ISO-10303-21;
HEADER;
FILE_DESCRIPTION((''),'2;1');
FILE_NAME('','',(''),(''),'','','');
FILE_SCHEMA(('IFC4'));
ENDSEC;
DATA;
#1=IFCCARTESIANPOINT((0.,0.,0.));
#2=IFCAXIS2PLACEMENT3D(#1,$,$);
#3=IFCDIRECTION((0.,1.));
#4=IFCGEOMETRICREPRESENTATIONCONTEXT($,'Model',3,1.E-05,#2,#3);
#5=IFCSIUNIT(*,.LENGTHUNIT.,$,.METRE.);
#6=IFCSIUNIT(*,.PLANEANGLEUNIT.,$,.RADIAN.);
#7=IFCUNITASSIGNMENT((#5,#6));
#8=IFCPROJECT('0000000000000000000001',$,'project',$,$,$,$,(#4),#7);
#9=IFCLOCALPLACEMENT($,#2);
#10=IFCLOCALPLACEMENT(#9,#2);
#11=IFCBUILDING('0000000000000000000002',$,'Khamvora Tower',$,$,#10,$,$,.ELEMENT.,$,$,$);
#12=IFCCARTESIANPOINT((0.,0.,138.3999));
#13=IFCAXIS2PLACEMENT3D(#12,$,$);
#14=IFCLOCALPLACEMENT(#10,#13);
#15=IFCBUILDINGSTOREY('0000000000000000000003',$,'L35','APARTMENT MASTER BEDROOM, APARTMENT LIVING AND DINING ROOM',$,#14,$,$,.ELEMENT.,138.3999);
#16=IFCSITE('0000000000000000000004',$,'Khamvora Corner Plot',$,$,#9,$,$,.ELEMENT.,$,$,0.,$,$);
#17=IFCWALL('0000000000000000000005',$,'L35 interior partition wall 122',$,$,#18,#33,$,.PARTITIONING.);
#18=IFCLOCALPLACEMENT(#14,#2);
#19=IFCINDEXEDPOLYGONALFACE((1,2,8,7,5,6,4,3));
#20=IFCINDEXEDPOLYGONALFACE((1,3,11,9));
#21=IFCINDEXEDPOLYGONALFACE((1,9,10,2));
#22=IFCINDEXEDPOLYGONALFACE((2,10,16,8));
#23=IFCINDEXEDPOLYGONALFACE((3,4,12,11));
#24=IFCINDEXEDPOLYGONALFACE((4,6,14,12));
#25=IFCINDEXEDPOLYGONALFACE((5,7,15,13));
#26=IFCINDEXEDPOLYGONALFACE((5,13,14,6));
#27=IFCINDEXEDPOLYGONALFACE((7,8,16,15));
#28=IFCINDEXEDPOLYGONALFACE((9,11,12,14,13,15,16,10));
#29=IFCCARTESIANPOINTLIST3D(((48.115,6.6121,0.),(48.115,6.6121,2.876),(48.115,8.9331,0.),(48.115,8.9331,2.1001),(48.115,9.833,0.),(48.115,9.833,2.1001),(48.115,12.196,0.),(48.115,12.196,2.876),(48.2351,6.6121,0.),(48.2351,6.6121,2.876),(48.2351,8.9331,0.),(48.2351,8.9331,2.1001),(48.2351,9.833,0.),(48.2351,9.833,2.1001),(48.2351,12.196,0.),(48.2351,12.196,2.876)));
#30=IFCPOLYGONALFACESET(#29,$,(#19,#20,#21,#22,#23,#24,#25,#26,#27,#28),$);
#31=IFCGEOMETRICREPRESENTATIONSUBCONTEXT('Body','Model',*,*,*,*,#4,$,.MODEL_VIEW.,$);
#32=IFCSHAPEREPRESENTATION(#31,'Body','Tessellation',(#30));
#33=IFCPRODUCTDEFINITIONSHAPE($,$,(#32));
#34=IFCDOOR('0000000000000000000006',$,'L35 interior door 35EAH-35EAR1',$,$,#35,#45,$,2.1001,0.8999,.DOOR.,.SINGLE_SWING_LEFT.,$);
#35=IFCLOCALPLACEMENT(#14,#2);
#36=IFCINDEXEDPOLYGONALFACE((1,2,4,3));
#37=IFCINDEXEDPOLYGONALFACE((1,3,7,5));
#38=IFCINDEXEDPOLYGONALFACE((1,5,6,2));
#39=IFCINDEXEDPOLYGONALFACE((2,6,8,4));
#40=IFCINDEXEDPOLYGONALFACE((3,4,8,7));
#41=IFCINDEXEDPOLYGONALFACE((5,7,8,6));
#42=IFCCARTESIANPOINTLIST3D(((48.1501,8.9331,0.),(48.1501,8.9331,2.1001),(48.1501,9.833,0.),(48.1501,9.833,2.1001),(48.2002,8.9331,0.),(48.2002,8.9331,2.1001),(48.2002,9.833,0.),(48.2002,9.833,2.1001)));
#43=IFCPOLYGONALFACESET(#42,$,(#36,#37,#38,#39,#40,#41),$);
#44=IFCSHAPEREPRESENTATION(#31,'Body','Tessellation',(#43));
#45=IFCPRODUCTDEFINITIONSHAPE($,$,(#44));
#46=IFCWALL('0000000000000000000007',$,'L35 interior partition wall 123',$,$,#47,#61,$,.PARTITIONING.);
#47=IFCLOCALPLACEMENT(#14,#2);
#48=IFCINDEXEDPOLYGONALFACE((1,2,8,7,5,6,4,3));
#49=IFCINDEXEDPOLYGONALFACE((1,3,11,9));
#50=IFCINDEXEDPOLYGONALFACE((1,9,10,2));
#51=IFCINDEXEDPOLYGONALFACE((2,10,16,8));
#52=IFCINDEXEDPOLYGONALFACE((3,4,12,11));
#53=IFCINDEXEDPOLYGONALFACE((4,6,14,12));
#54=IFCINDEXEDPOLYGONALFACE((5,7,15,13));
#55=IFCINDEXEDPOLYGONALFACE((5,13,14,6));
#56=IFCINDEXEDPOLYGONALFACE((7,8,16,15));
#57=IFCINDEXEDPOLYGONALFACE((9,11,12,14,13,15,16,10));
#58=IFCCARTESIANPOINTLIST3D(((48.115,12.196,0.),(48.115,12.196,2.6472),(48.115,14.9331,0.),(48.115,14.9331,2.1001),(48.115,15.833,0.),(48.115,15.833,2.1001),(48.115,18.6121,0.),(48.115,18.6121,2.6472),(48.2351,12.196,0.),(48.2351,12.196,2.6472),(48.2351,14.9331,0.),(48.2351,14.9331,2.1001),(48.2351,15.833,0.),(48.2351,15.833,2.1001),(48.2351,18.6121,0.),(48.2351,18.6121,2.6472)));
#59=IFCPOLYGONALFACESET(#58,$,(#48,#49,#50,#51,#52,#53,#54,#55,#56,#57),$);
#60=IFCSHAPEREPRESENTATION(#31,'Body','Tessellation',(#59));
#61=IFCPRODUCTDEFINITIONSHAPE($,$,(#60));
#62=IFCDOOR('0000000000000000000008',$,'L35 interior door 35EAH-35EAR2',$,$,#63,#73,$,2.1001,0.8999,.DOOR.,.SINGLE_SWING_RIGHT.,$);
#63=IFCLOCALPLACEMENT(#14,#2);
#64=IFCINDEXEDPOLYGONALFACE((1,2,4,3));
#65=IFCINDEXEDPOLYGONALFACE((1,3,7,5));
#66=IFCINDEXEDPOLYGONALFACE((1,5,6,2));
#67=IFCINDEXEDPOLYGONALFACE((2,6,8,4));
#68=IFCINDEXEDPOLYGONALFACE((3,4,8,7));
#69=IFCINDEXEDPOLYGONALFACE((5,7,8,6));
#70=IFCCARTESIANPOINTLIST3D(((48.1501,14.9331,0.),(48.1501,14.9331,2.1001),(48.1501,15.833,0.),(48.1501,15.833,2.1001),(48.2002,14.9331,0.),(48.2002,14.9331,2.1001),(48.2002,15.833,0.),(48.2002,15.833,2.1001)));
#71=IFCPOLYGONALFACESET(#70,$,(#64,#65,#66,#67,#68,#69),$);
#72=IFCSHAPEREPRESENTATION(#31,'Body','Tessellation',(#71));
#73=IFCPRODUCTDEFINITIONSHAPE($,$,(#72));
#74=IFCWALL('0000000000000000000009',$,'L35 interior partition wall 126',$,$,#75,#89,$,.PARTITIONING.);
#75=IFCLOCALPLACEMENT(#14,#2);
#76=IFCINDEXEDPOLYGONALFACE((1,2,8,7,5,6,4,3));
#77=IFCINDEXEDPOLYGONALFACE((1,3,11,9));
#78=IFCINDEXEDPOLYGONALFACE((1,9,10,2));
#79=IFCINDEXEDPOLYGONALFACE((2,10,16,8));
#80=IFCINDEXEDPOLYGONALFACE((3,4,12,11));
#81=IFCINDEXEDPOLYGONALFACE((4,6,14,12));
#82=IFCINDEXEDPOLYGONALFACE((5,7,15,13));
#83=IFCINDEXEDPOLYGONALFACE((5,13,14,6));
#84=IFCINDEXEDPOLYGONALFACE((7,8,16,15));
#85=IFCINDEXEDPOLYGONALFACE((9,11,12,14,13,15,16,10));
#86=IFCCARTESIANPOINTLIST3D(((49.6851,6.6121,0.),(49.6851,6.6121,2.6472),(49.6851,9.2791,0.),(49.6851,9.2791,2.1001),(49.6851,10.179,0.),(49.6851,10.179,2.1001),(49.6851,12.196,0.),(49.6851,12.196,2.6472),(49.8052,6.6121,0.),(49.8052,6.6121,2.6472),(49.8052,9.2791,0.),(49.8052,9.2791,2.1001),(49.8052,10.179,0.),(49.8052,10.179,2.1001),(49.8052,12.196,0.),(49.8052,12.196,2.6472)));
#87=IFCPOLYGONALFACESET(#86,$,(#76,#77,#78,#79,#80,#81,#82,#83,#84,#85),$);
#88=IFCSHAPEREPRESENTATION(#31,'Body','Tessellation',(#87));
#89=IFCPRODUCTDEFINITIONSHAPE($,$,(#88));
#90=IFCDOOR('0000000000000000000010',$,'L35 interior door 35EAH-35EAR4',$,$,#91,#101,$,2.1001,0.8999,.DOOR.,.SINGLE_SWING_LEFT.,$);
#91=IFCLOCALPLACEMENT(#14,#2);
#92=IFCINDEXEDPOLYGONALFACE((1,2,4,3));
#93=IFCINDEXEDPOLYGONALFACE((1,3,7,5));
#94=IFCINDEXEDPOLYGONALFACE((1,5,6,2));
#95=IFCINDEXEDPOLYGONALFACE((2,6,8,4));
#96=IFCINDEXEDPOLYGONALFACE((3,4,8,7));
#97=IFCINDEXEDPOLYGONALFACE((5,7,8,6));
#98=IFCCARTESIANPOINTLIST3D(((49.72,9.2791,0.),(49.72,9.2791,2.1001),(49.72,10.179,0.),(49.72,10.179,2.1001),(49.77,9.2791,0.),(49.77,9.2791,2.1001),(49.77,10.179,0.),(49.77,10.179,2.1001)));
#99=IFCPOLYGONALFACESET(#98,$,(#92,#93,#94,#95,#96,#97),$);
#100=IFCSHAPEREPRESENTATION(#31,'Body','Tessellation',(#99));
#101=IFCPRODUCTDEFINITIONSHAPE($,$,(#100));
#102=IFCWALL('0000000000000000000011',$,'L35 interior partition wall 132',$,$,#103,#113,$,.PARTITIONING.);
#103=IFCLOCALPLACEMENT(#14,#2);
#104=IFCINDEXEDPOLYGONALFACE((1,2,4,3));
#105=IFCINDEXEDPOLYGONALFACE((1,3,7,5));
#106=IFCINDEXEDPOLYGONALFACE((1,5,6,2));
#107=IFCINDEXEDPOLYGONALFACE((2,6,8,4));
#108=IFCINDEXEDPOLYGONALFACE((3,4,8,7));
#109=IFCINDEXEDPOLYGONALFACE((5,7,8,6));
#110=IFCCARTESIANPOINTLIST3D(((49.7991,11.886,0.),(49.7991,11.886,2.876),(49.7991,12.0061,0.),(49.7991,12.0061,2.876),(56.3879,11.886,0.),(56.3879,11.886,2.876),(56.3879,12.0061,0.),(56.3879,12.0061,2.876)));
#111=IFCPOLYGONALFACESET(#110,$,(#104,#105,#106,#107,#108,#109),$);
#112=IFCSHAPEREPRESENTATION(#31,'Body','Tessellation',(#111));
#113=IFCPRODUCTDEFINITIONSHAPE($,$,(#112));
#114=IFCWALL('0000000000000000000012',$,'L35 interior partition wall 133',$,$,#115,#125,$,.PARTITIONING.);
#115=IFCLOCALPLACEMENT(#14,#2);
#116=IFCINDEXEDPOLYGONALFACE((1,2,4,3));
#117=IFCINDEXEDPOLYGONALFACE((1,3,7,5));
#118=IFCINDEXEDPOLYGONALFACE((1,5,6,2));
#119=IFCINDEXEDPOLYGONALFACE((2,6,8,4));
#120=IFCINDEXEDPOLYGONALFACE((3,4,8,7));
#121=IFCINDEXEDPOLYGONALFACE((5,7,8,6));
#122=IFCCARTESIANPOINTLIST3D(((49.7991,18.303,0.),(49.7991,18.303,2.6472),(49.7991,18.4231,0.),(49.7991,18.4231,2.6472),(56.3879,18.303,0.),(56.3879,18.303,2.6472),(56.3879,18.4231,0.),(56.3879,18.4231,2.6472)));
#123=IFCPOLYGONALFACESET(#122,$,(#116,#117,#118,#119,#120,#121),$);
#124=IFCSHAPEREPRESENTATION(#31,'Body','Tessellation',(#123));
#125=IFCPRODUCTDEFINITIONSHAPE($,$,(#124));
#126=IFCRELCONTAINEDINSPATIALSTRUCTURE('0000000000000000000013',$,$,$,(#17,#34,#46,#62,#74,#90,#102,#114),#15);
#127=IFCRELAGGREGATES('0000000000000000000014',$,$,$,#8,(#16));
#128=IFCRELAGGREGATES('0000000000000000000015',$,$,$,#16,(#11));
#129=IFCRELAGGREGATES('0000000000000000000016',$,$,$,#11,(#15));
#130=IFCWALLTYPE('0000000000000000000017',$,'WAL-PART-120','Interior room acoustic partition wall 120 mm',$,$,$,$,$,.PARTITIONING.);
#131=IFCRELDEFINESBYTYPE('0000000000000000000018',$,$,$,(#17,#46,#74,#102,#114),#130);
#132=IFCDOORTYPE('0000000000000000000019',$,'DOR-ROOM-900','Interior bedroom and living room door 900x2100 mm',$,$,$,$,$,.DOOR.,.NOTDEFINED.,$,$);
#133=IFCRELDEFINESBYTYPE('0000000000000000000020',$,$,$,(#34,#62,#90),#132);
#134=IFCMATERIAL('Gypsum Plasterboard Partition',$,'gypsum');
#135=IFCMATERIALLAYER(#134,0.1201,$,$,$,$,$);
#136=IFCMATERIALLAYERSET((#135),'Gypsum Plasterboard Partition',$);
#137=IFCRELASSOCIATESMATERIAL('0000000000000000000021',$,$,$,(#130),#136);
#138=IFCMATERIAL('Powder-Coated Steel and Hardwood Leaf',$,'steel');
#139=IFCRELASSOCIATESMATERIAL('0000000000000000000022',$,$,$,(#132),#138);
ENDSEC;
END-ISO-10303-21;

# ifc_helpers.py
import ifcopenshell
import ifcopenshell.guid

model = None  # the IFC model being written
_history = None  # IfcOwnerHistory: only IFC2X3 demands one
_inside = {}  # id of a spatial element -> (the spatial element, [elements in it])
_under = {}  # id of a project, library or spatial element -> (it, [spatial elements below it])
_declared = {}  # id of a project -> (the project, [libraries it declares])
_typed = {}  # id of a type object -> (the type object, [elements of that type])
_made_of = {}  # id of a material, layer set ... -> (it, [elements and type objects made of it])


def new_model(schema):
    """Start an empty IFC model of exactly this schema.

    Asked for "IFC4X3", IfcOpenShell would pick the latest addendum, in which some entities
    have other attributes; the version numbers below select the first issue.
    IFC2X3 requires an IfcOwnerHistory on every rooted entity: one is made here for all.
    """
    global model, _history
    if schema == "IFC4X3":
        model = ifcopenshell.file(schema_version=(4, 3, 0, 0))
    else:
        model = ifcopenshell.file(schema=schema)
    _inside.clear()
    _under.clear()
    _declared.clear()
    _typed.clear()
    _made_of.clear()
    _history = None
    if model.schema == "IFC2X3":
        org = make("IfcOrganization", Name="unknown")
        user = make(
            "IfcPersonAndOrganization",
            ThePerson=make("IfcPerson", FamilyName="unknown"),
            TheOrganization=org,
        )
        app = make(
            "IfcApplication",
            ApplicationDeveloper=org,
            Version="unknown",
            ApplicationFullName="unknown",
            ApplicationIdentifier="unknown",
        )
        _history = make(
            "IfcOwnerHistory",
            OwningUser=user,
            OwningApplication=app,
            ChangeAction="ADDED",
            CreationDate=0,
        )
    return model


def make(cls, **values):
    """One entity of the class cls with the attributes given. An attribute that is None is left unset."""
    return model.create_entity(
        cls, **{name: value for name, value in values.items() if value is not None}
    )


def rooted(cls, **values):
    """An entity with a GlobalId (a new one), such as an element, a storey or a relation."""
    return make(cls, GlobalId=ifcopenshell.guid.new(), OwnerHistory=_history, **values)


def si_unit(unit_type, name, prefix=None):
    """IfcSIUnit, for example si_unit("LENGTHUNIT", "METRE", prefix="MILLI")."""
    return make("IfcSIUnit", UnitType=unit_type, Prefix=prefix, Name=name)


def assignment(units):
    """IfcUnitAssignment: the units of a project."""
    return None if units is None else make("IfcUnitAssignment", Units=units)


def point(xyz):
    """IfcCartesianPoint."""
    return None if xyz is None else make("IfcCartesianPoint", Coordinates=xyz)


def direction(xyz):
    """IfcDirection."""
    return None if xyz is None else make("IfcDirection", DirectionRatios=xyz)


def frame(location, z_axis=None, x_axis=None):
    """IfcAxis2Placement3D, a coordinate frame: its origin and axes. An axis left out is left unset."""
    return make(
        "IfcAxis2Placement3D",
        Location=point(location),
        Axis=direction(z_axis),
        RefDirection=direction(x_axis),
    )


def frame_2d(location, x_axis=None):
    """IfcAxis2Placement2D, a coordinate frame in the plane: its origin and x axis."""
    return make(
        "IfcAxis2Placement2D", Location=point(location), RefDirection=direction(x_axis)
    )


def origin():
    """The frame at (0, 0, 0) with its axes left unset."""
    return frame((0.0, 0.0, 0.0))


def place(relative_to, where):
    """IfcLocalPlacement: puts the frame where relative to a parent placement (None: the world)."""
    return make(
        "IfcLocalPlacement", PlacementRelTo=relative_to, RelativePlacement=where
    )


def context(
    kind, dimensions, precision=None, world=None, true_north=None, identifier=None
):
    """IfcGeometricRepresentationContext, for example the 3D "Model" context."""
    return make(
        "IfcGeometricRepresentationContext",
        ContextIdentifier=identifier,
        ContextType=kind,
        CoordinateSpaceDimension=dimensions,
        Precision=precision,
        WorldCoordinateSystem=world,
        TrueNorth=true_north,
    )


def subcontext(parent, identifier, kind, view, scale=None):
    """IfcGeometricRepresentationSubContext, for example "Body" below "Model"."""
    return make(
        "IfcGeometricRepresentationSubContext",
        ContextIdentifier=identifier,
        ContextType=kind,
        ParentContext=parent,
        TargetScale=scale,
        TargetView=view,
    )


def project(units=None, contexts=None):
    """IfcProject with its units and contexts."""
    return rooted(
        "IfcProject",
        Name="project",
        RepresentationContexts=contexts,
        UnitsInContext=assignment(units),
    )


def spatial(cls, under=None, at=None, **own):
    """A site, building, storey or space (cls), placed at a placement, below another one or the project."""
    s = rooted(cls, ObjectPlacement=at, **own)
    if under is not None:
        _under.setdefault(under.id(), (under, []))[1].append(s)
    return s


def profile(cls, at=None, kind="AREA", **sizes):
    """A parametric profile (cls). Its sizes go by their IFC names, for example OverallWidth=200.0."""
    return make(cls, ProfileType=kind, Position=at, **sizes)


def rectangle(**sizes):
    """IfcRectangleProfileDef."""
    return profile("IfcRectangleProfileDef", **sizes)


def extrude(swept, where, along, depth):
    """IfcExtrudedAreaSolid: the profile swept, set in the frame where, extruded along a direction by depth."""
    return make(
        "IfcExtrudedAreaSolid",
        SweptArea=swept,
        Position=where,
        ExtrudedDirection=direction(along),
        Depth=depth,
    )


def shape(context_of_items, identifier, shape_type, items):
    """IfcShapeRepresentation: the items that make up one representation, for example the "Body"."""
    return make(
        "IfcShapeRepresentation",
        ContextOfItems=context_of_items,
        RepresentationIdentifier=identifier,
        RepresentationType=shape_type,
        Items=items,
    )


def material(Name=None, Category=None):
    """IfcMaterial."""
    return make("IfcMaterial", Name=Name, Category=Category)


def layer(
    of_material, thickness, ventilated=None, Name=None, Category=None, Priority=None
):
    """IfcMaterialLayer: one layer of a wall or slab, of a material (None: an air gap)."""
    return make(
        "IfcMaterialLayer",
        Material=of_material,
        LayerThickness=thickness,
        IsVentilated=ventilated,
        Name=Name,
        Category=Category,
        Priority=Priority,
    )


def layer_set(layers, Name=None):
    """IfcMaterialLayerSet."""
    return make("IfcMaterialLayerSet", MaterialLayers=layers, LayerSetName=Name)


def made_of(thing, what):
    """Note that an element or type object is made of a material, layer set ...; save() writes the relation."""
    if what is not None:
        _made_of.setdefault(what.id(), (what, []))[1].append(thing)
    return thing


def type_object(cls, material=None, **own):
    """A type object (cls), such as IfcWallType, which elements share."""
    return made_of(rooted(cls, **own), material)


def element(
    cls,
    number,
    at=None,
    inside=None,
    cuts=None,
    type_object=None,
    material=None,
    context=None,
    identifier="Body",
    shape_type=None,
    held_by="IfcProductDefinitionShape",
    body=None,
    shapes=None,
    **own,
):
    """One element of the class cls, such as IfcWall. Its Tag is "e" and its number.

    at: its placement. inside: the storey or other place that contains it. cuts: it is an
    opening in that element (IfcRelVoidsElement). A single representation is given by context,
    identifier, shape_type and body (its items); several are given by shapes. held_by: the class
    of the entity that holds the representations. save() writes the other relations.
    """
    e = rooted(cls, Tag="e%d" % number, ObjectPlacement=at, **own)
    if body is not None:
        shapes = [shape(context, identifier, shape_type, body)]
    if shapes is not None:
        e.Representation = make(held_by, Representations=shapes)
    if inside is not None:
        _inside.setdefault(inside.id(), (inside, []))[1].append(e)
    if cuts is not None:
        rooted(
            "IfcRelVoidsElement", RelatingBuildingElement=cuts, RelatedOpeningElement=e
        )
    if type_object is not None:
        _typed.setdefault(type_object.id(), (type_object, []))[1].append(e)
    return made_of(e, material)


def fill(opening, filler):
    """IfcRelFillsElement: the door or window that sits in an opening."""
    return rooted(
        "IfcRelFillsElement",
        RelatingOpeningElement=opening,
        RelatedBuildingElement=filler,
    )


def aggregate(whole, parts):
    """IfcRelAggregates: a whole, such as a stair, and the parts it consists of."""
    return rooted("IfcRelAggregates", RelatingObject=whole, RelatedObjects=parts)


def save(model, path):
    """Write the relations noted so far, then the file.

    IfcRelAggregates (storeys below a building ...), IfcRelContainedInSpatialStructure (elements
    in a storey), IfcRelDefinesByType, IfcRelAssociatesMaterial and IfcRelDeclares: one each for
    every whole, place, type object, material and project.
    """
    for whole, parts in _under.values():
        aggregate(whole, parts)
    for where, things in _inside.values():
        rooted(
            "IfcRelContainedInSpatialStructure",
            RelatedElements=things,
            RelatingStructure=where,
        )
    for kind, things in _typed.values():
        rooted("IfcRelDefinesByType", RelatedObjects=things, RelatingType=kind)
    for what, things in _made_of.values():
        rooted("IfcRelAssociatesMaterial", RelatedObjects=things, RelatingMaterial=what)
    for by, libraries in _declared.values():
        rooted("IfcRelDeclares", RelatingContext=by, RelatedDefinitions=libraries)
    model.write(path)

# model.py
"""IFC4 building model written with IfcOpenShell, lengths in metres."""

from ifc_helpers import new_model, si_unit, direction, frame, frame_2d, origin, place, context, subcontext, project, spatial, rectangle, extrude, material, layer, layer_set, type_object, element, fill, save


model = new_model("IFC4")

# Units and contexts
model_context = context("Model", 3, precision=1e-05, world=origin(), true_north=direction((0.0, 1.0)))
body_context = subcontext(model_context, "Body", "Model", "MODEL_VIEW")
ifc_project = project(units=[si_unit("LENGTHUNIT", "METRE"), si_unit("PLANEANGLEUNIT", "RADIAN")], contexts=[model_context])

# Site, building, storey
site_placement = place(None, origin())
site = spatial("IfcSite", under=ifc_project, at=site_placement, Name="Khamvora Corner Plot", CompositionType="ELEMENT", RefElevation=0.0)
building_placement = place(site_placement, origin())
building = spatial("IfcBuilding", under=site, at=building_placement, Name="Khamvora Tower", CompositionType="ELEMENT")
storey_placement = place(building_placement, frame((0.0, 0.0, 138.3999)))
storey = spatial("IfcBuildingStorey", under=building, at=storey_placement, Name="L35", Description="APARTMENT MASTER BEDROOM, APARTMENT LIVING AND DINING ROOM", CompositionType="ELEMENT", Elevation=138.3999)

# Walls, openings, doors
ifc_material_1 = material(Name="Gypsum Plasterboard Partition", Category="gypsum")
ifc_layer_1 = layer(ifc_material_1, 0.1201)
ifc_layer_set_1 = layer_set([ifc_layer_1], Name="Gypsum Plasterboard Partition")
wall_type_1 = type_object("IfcWallType", Name="WAL-PART-120", Description="Interior room acoustic partition wall 120 mm", PredefinedType="PARTITIONING", material=ifc_layer_set_1)
wall_1_placement = place(storey_placement, frame((48.175, 6.6121, 0.0), z_axis=(0.0, 0.0, 1.0), x_axis=(0.0, 1.0, 0.0)))
wall_1 = element("IfcWall", 1, at=wall_1_placement, inside=storey, type_object=wall_type_1, Name="L35 interior partition wall 122", PredefinedType="PARTITIONING", context=body_context, shape_type="SweptSolid", body=[
    extrude(rectangle(XDim=5.584, YDim=0.1201, at=frame_2d((2.792, 0.0))), origin(), (0.0, 0.0, 1.0), 2.876),
])
opening_1_placement = place(wall_1_placement, frame((2.321, 0.0, 0.0)))
opening_1 = element("IfcOpeningElement", 2, at=opening_1_placement, cuts=wall_1, PredefinedType="OPENING", context=body_context, shape_type="SweptSolid", body=[
    extrude(rectangle(XDim=0.8999, YDim=2.1001, at=frame_2d((0.45, 1.05))), frame((0.0, 0.0701, 0.0), z_axis=(0.0, -1.0, 0.0), x_axis=(1.0, 0.0, 0.0)), (0.0, 0.0, 1.0), 0.1401),
])
ifc_material_2 = material(Name="Powder-Coated Steel and Hardwood Leaf", Category="steel")
door_type = type_object("IfcDoorType", Name="DOR-ROOM-900", Description="Interior bedroom and living room door 900x2100 mm", OperationType="NOTDEFINED", PredefinedType="DOOR", material=ifc_material_2)
door_1_placement = place(opening_1_placement, origin())
door_1 = element("IfcDoor", 3, at=door_1_placement, inside=storey, type_object=door_type, Name="L35 interior door 35EAH-35EAR1", OperationType="SINGLE_SWING_LEFT", OverallHeight=2.1001, OverallWidth=0.8999, PredefinedType="DOOR", context=body_context, shape_type="SweptSolid", body=[
    extrude(rectangle(XDim=0.8999, YDim=2.1001, at=frame_2d((0.45, 1.05))), frame((0.0, 0.0249, 0.0), z_axis=(0.0, -1.0, 0.0), x_axis=(1.0, 0.0, 0.0)), (0.0, 0.0, 1.0), 0.05),
])
fill(opening_1, door_1)
wall_2_placement = place(storey_placement, frame((48.175, 12.196, 0.0), z_axis=(0.0, 0.0, 1.0), x_axis=(0.0, 1.0, 0.0)))
wall_2 = element("IfcWall", 4, at=wall_2_placement, inside=storey, type_object=wall_type_1, Name="L35 interior partition wall 123", PredefinedType="PARTITIONING", context=body_context, shape_type="SweptSolid", body=[
    extrude(rectangle(XDim=6.416, YDim=0.1201, at=frame_2d((3.208, 0.0))), origin(), (0.0, 0.0, 1.0), 2.6472),
])
opening_2_placement = place(wall_2_placement, frame((2.7371, 0.0, 0.0)))
opening_2 = element("IfcOpeningElement", 5, at=opening_2_placement, cuts=wall_2, PredefinedType="OPENING", context=body_context, shape_type="SweptSolid", body=[
    extrude(rectangle(XDim=0.8999, YDim=2.1001, at=frame_2d((0.45, 1.05))), frame((0.0, 0.0701, 0.0), z_axis=(0.0, -1.0, 0.0), x_axis=(1.0, 0.0, 0.0)), (0.0, 0.0, 1.0), 0.1401),
])
door_2_placement = place(opening_2_placement, origin())
door_2 = element("IfcDoor", 6, at=door_2_placement, inside=storey, type_object=door_type, Name="L35 interior door 35EAH-35EAR2", OperationType="SINGLE_SWING_RIGHT", OverallHeight=2.1001, OverallWidth=0.8999, PredefinedType="DOOR", context=body_context, shape_type="SweptSolid", body=[
    extrude(rectangle(XDim=0.8999, YDim=2.1001, at=frame_2d((0.45, 1.05))), frame((0.0, 0.0249, 0.0), z_axis=(0.0, -1.0, 0.0), x_axis=(1.0, 0.0, 0.0)), (0.0, 0.0, 1.0), 0.05),
])
fill(opening_2, door_2)
wall_3_placement = place(storey_placement, frame((49.7451, 12.196, 0.0), z_axis=(0.0, 0.0, 1.0), x_axis=(0.0, -1.0, 0.0)))
wall_3 = element("IfcWall", 7, at=wall_3_placement, inside=storey, type_object=wall_type_1, Name="L35 interior partition wall 126", PredefinedType="PARTITIONING", context=body_context, shape_type="SweptSolid", body=[
    extrude(rectangle(XDim=5.584, YDim=0.1201, at=frame_2d((2.792, 0.0))), origin(), (0.0, 0.0, 1.0), 2.6472),
])
opening_3_placement = place(wall_3_placement, frame((2.0171, 0.0, 0.0)))
opening_3 = element("IfcOpeningElement", 8, at=opening_3_placement, cuts=wall_3, PredefinedType="OPENING", context=body_context, shape_type="SweptSolid", body=[
    extrude(rectangle(XDim=0.8999, YDim=2.1001, at=frame_2d((0.45, 1.05))), frame((0.0, 0.0701, 0.0), z_axis=(0.0, -1.0, 0.0), x_axis=(1.0, 0.0, 0.0)), (0.0, 0.0, 1.0), 0.1401),
])
door_3_placement = place(opening_3_placement, origin())
door_3 = element("IfcDoor", 9, at=door_3_placement, inside=storey, type_object=door_type, Name="L35 interior door 35EAH-35EAR4", OperationType="SINGLE_SWING_LEFT", OverallHeight=2.1001, OverallWidth=0.8999, PredefinedType="DOOR", context=body_context, shape_type="SweptSolid", body=[
    extrude(rectangle(XDim=0.8999, YDim=2.1001, at=frame_2d((0.45, 1.05))), frame((0.0, 0.0249, 0.0), z_axis=(0.0, -1.0, 0.0), x_axis=(1.0, 0.0, 0.0)), (0.0, 0.0, 1.0), 0.05),
])
fill(opening_3, door_3)

# Walls
wall_4_placement = place(storey_placement, frame((49.7991, 11.946, 0.0), z_axis=(0.0, 0.0, 1.0), x_axis=(1.0, 0.0, 0.0)))
element("IfcWall", 10, at=wall_4_placement, inside=storey, type_object=wall_type_1, Name="L35 interior partition wall 132", PredefinedType="PARTITIONING", context=body_context, shape_type="SweptSolid", body=[
    extrude(rectangle(XDim=6.5889, YDim=0.1201, at=frame_2d((3.2944, 0.0))), origin(), (0.0, 0.0, 1.0), 2.876),
])
wall_5_placement = place(storey_placement, frame((49.7991, 18.363, 0.0), z_axis=(0.0, 0.0, 1.0), x_axis=(1.0, 0.0, 0.0)))
element("IfcWall", 11, at=wall_5_placement, inside=storey, type_object=wall_type_1, Name="L35 interior partition wall 133", PredefinedType="PARTITIONING", context=body_context, shape_type="SweptSolid", body=[
    extrude(rectangle(XDim=6.5889, YDim=0.1201, at=frame_2d((3.2944, 0.0))), origin(), (0.0, 0.0, 1.0), 2.6472),
])

save(model, "model.ifc")
